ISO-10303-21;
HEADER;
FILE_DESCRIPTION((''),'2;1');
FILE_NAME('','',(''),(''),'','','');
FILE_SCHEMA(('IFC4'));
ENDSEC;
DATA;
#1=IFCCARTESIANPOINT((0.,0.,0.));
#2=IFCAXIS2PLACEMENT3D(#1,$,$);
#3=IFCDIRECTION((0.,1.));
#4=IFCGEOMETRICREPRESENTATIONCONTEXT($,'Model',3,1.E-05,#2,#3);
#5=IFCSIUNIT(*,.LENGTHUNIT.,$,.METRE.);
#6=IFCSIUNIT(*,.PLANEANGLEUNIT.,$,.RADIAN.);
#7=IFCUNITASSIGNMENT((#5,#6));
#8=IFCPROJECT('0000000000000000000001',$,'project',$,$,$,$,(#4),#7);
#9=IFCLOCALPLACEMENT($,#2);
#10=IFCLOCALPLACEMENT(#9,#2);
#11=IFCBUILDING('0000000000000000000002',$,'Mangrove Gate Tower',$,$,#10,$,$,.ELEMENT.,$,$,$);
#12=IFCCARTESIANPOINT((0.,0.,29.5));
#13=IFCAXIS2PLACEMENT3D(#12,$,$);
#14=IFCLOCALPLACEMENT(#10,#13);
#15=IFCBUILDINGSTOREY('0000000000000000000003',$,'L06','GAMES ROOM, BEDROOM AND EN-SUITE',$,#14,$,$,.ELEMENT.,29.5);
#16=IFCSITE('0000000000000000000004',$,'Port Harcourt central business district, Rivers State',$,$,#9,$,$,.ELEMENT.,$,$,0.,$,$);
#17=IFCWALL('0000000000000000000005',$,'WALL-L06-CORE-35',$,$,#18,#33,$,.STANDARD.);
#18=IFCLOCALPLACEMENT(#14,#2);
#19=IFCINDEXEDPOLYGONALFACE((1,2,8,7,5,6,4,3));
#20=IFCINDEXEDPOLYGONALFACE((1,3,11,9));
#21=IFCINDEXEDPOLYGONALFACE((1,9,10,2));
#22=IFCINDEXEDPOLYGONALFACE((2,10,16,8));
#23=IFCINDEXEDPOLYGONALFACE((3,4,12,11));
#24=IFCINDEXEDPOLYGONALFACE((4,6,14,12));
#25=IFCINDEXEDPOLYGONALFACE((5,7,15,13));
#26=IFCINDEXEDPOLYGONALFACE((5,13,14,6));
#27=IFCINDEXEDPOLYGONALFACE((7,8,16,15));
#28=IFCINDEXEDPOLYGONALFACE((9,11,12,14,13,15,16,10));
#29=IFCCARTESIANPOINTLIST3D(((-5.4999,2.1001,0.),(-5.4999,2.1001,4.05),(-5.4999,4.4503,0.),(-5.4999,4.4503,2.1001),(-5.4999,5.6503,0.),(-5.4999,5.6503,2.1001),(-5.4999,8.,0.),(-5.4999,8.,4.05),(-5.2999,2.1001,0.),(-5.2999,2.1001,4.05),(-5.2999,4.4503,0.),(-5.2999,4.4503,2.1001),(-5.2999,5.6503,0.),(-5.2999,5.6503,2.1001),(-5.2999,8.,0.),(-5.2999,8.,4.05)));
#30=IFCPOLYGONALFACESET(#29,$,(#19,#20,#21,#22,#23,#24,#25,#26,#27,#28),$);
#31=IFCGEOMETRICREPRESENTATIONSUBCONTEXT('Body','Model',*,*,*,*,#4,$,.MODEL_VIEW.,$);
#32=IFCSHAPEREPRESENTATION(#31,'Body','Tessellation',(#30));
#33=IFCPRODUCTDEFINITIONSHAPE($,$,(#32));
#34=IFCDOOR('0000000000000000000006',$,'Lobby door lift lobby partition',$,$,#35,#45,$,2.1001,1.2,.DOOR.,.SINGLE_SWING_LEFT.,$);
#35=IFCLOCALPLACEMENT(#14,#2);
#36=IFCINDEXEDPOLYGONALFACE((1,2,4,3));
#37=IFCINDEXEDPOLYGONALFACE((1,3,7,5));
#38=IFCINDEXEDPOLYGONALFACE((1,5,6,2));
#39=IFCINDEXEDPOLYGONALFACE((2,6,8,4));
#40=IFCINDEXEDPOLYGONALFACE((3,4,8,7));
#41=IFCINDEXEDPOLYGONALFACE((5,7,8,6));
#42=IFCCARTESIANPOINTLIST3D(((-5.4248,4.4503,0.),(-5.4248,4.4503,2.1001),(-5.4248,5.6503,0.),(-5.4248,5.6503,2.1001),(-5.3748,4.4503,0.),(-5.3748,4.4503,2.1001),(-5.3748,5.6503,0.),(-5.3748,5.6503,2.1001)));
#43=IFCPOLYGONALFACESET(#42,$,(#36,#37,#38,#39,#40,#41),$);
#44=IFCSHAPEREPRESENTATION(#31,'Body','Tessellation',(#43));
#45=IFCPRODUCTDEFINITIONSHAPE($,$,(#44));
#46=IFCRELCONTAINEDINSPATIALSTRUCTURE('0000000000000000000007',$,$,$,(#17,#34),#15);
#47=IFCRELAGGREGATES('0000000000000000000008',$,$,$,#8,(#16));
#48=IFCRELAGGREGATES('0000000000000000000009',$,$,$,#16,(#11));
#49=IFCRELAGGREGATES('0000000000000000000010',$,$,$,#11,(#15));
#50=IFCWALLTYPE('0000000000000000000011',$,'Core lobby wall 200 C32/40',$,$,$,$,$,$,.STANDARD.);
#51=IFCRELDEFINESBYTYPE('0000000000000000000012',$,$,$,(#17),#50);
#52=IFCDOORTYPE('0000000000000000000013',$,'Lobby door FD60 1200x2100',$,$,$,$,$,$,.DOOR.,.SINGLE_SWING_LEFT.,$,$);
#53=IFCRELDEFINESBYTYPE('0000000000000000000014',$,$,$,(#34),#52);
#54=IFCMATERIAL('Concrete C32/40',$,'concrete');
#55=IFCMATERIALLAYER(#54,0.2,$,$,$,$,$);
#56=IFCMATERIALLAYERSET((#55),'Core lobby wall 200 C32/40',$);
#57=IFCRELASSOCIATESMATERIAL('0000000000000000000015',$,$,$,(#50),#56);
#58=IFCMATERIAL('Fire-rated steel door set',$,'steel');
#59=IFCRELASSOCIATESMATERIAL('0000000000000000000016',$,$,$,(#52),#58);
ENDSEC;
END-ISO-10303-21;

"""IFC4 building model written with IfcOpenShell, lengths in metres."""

from ifc_helpers import new_model, si_unit, direction, frame, frame_2d, origin, place, context, subcontext, project, spatial, rectangle, extrude, material, layer, layer_set, type_object, element, fill, save


model = new_model("IFC4")

# Units and contexts
model_context = context("Model", 3, precision=1e-05, world=origin(), true_north=direction((0.0, 1.0)))
body_context = subcontext(model_context, "Body", "Model", "MODEL_VIEW")
ifc_project = project(units=[si_unit("LENGTHUNIT", "METRE"), si_unit("PLANEANGLEUNIT", "RADIAN")], contexts=[model_context])

# Site, building, storey
site_placement = place(None, origin())
site = spatial("IfcSite", under=ifc_project, at=site_placement, Name="Port Harcourt central business district, Rivers State", CompositionType="ELEMENT", RefElevation=0.0)
building_placement = place(site_placement, origin())
building = spatial("IfcBuilding", under=site, at=building_placement, Name="Mangrove Gate Tower", CompositionType="ELEMENT")
storey_placement = place(building_placement, frame((0.0, 0.0, 29.5)))
storey = spatial("IfcBuildingStorey", under=building, at=storey_placement, Name="L06", Description="GAMES ROOM, BEDROOM AND EN-SUITE", CompositionType="ELEMENT", Elevation=29.5)

# Wall, opening, door
ifc_material_1 = material(Name="Concrete C32/40", Category="concrete")
ifc_layer_1 = layer(ifc_material_1, 0.2)
ifc_layer_set_1 = layer_set([ifc_layer_1], Name="Core lobby wall 200 C32/40")
wall_type_1 = type_object("IfcWallType", Name="Core lobby wall 200 C32/40", PredefinedType="STANDARD", material=ifc_layer_set_1)
wall_1_placement = place(storey_placement, frame((-5.3999, 2.1001, 0.0), z_axis=(0.0, 0.0, 1.0), x_axis=(0.0, 1.0, 0.0)))
wall_1 = element("IfcWall", 1, at=wall_1_placement, inside=storey, type_object=wall_type_1, Name="WALL-L06-CORE-35", PredefinedType="STANDARD", context=body_context, shape_type="SweptSolid", body=[
    extrude(rectangle(XDim=5.8999, YDim=0.2, at=frame_2d((2.95, 0.0))), origin(), (0.0, 0.0, 1.0), 4.05),
])
opening_1_placement = place(wall_1_placement, frame((2.3501, 0.0, 0.0)))
opening_1 = element("IfcOpeningElement", 2, at=opening_1_placement, cuts=wall_1, PredefinedType="OPENING", context=body_context, shape_type="SweptSolid", body=[
    extrude(rectangle(XDim=1.2, YDim=2.1001, at=frame_2d((0.6001, 1.05))), frame((0.0, 0.1099, 0.0), z_axis=(0.0, -1.0, 0.0), x_axis=(1.0, 0.0, 0.0)), (0.0, 0.0, 1.0), 0.22),
])
ifc_material_2 = material(Name="Fire-rated steel door set", Category="steel")
door_type_1 = type_object("IfcDoorType", Name="Lobby door FD60 1200x2100", OperationType="SINGLE_SWING_LEFT", PredefinedType="DOOR", material=ifc_material_2)
door_1_placement = place(opening_1_placement, origin())
door_1 = element("IfcDoor", 3, at=door_1_placement, inside=storey, type_object=door_type_1, Name="Lobby door lift lobby partition", OperationType="SINGLE_SWING_LEFT", OverallHeight=2.1001, OverallWidth=1.2, PredefinedType="DOOR", context=body_context, shape_type="SweptSolid", body=[
    extrude(rectangle(XDim=1.2, YDim=2.1001, at=frame_2d((0.6001, 1.05))), frame((0.0, 0.0249, 0.0), z_axis=(0.0, -1.0, 0.0), x_axis=(1.0, 0.0, 0.0)), (0.0, 0.0, 1.0), 0.05),
])
fill(opening_1, door_1)

save(model, "model.ifc")
